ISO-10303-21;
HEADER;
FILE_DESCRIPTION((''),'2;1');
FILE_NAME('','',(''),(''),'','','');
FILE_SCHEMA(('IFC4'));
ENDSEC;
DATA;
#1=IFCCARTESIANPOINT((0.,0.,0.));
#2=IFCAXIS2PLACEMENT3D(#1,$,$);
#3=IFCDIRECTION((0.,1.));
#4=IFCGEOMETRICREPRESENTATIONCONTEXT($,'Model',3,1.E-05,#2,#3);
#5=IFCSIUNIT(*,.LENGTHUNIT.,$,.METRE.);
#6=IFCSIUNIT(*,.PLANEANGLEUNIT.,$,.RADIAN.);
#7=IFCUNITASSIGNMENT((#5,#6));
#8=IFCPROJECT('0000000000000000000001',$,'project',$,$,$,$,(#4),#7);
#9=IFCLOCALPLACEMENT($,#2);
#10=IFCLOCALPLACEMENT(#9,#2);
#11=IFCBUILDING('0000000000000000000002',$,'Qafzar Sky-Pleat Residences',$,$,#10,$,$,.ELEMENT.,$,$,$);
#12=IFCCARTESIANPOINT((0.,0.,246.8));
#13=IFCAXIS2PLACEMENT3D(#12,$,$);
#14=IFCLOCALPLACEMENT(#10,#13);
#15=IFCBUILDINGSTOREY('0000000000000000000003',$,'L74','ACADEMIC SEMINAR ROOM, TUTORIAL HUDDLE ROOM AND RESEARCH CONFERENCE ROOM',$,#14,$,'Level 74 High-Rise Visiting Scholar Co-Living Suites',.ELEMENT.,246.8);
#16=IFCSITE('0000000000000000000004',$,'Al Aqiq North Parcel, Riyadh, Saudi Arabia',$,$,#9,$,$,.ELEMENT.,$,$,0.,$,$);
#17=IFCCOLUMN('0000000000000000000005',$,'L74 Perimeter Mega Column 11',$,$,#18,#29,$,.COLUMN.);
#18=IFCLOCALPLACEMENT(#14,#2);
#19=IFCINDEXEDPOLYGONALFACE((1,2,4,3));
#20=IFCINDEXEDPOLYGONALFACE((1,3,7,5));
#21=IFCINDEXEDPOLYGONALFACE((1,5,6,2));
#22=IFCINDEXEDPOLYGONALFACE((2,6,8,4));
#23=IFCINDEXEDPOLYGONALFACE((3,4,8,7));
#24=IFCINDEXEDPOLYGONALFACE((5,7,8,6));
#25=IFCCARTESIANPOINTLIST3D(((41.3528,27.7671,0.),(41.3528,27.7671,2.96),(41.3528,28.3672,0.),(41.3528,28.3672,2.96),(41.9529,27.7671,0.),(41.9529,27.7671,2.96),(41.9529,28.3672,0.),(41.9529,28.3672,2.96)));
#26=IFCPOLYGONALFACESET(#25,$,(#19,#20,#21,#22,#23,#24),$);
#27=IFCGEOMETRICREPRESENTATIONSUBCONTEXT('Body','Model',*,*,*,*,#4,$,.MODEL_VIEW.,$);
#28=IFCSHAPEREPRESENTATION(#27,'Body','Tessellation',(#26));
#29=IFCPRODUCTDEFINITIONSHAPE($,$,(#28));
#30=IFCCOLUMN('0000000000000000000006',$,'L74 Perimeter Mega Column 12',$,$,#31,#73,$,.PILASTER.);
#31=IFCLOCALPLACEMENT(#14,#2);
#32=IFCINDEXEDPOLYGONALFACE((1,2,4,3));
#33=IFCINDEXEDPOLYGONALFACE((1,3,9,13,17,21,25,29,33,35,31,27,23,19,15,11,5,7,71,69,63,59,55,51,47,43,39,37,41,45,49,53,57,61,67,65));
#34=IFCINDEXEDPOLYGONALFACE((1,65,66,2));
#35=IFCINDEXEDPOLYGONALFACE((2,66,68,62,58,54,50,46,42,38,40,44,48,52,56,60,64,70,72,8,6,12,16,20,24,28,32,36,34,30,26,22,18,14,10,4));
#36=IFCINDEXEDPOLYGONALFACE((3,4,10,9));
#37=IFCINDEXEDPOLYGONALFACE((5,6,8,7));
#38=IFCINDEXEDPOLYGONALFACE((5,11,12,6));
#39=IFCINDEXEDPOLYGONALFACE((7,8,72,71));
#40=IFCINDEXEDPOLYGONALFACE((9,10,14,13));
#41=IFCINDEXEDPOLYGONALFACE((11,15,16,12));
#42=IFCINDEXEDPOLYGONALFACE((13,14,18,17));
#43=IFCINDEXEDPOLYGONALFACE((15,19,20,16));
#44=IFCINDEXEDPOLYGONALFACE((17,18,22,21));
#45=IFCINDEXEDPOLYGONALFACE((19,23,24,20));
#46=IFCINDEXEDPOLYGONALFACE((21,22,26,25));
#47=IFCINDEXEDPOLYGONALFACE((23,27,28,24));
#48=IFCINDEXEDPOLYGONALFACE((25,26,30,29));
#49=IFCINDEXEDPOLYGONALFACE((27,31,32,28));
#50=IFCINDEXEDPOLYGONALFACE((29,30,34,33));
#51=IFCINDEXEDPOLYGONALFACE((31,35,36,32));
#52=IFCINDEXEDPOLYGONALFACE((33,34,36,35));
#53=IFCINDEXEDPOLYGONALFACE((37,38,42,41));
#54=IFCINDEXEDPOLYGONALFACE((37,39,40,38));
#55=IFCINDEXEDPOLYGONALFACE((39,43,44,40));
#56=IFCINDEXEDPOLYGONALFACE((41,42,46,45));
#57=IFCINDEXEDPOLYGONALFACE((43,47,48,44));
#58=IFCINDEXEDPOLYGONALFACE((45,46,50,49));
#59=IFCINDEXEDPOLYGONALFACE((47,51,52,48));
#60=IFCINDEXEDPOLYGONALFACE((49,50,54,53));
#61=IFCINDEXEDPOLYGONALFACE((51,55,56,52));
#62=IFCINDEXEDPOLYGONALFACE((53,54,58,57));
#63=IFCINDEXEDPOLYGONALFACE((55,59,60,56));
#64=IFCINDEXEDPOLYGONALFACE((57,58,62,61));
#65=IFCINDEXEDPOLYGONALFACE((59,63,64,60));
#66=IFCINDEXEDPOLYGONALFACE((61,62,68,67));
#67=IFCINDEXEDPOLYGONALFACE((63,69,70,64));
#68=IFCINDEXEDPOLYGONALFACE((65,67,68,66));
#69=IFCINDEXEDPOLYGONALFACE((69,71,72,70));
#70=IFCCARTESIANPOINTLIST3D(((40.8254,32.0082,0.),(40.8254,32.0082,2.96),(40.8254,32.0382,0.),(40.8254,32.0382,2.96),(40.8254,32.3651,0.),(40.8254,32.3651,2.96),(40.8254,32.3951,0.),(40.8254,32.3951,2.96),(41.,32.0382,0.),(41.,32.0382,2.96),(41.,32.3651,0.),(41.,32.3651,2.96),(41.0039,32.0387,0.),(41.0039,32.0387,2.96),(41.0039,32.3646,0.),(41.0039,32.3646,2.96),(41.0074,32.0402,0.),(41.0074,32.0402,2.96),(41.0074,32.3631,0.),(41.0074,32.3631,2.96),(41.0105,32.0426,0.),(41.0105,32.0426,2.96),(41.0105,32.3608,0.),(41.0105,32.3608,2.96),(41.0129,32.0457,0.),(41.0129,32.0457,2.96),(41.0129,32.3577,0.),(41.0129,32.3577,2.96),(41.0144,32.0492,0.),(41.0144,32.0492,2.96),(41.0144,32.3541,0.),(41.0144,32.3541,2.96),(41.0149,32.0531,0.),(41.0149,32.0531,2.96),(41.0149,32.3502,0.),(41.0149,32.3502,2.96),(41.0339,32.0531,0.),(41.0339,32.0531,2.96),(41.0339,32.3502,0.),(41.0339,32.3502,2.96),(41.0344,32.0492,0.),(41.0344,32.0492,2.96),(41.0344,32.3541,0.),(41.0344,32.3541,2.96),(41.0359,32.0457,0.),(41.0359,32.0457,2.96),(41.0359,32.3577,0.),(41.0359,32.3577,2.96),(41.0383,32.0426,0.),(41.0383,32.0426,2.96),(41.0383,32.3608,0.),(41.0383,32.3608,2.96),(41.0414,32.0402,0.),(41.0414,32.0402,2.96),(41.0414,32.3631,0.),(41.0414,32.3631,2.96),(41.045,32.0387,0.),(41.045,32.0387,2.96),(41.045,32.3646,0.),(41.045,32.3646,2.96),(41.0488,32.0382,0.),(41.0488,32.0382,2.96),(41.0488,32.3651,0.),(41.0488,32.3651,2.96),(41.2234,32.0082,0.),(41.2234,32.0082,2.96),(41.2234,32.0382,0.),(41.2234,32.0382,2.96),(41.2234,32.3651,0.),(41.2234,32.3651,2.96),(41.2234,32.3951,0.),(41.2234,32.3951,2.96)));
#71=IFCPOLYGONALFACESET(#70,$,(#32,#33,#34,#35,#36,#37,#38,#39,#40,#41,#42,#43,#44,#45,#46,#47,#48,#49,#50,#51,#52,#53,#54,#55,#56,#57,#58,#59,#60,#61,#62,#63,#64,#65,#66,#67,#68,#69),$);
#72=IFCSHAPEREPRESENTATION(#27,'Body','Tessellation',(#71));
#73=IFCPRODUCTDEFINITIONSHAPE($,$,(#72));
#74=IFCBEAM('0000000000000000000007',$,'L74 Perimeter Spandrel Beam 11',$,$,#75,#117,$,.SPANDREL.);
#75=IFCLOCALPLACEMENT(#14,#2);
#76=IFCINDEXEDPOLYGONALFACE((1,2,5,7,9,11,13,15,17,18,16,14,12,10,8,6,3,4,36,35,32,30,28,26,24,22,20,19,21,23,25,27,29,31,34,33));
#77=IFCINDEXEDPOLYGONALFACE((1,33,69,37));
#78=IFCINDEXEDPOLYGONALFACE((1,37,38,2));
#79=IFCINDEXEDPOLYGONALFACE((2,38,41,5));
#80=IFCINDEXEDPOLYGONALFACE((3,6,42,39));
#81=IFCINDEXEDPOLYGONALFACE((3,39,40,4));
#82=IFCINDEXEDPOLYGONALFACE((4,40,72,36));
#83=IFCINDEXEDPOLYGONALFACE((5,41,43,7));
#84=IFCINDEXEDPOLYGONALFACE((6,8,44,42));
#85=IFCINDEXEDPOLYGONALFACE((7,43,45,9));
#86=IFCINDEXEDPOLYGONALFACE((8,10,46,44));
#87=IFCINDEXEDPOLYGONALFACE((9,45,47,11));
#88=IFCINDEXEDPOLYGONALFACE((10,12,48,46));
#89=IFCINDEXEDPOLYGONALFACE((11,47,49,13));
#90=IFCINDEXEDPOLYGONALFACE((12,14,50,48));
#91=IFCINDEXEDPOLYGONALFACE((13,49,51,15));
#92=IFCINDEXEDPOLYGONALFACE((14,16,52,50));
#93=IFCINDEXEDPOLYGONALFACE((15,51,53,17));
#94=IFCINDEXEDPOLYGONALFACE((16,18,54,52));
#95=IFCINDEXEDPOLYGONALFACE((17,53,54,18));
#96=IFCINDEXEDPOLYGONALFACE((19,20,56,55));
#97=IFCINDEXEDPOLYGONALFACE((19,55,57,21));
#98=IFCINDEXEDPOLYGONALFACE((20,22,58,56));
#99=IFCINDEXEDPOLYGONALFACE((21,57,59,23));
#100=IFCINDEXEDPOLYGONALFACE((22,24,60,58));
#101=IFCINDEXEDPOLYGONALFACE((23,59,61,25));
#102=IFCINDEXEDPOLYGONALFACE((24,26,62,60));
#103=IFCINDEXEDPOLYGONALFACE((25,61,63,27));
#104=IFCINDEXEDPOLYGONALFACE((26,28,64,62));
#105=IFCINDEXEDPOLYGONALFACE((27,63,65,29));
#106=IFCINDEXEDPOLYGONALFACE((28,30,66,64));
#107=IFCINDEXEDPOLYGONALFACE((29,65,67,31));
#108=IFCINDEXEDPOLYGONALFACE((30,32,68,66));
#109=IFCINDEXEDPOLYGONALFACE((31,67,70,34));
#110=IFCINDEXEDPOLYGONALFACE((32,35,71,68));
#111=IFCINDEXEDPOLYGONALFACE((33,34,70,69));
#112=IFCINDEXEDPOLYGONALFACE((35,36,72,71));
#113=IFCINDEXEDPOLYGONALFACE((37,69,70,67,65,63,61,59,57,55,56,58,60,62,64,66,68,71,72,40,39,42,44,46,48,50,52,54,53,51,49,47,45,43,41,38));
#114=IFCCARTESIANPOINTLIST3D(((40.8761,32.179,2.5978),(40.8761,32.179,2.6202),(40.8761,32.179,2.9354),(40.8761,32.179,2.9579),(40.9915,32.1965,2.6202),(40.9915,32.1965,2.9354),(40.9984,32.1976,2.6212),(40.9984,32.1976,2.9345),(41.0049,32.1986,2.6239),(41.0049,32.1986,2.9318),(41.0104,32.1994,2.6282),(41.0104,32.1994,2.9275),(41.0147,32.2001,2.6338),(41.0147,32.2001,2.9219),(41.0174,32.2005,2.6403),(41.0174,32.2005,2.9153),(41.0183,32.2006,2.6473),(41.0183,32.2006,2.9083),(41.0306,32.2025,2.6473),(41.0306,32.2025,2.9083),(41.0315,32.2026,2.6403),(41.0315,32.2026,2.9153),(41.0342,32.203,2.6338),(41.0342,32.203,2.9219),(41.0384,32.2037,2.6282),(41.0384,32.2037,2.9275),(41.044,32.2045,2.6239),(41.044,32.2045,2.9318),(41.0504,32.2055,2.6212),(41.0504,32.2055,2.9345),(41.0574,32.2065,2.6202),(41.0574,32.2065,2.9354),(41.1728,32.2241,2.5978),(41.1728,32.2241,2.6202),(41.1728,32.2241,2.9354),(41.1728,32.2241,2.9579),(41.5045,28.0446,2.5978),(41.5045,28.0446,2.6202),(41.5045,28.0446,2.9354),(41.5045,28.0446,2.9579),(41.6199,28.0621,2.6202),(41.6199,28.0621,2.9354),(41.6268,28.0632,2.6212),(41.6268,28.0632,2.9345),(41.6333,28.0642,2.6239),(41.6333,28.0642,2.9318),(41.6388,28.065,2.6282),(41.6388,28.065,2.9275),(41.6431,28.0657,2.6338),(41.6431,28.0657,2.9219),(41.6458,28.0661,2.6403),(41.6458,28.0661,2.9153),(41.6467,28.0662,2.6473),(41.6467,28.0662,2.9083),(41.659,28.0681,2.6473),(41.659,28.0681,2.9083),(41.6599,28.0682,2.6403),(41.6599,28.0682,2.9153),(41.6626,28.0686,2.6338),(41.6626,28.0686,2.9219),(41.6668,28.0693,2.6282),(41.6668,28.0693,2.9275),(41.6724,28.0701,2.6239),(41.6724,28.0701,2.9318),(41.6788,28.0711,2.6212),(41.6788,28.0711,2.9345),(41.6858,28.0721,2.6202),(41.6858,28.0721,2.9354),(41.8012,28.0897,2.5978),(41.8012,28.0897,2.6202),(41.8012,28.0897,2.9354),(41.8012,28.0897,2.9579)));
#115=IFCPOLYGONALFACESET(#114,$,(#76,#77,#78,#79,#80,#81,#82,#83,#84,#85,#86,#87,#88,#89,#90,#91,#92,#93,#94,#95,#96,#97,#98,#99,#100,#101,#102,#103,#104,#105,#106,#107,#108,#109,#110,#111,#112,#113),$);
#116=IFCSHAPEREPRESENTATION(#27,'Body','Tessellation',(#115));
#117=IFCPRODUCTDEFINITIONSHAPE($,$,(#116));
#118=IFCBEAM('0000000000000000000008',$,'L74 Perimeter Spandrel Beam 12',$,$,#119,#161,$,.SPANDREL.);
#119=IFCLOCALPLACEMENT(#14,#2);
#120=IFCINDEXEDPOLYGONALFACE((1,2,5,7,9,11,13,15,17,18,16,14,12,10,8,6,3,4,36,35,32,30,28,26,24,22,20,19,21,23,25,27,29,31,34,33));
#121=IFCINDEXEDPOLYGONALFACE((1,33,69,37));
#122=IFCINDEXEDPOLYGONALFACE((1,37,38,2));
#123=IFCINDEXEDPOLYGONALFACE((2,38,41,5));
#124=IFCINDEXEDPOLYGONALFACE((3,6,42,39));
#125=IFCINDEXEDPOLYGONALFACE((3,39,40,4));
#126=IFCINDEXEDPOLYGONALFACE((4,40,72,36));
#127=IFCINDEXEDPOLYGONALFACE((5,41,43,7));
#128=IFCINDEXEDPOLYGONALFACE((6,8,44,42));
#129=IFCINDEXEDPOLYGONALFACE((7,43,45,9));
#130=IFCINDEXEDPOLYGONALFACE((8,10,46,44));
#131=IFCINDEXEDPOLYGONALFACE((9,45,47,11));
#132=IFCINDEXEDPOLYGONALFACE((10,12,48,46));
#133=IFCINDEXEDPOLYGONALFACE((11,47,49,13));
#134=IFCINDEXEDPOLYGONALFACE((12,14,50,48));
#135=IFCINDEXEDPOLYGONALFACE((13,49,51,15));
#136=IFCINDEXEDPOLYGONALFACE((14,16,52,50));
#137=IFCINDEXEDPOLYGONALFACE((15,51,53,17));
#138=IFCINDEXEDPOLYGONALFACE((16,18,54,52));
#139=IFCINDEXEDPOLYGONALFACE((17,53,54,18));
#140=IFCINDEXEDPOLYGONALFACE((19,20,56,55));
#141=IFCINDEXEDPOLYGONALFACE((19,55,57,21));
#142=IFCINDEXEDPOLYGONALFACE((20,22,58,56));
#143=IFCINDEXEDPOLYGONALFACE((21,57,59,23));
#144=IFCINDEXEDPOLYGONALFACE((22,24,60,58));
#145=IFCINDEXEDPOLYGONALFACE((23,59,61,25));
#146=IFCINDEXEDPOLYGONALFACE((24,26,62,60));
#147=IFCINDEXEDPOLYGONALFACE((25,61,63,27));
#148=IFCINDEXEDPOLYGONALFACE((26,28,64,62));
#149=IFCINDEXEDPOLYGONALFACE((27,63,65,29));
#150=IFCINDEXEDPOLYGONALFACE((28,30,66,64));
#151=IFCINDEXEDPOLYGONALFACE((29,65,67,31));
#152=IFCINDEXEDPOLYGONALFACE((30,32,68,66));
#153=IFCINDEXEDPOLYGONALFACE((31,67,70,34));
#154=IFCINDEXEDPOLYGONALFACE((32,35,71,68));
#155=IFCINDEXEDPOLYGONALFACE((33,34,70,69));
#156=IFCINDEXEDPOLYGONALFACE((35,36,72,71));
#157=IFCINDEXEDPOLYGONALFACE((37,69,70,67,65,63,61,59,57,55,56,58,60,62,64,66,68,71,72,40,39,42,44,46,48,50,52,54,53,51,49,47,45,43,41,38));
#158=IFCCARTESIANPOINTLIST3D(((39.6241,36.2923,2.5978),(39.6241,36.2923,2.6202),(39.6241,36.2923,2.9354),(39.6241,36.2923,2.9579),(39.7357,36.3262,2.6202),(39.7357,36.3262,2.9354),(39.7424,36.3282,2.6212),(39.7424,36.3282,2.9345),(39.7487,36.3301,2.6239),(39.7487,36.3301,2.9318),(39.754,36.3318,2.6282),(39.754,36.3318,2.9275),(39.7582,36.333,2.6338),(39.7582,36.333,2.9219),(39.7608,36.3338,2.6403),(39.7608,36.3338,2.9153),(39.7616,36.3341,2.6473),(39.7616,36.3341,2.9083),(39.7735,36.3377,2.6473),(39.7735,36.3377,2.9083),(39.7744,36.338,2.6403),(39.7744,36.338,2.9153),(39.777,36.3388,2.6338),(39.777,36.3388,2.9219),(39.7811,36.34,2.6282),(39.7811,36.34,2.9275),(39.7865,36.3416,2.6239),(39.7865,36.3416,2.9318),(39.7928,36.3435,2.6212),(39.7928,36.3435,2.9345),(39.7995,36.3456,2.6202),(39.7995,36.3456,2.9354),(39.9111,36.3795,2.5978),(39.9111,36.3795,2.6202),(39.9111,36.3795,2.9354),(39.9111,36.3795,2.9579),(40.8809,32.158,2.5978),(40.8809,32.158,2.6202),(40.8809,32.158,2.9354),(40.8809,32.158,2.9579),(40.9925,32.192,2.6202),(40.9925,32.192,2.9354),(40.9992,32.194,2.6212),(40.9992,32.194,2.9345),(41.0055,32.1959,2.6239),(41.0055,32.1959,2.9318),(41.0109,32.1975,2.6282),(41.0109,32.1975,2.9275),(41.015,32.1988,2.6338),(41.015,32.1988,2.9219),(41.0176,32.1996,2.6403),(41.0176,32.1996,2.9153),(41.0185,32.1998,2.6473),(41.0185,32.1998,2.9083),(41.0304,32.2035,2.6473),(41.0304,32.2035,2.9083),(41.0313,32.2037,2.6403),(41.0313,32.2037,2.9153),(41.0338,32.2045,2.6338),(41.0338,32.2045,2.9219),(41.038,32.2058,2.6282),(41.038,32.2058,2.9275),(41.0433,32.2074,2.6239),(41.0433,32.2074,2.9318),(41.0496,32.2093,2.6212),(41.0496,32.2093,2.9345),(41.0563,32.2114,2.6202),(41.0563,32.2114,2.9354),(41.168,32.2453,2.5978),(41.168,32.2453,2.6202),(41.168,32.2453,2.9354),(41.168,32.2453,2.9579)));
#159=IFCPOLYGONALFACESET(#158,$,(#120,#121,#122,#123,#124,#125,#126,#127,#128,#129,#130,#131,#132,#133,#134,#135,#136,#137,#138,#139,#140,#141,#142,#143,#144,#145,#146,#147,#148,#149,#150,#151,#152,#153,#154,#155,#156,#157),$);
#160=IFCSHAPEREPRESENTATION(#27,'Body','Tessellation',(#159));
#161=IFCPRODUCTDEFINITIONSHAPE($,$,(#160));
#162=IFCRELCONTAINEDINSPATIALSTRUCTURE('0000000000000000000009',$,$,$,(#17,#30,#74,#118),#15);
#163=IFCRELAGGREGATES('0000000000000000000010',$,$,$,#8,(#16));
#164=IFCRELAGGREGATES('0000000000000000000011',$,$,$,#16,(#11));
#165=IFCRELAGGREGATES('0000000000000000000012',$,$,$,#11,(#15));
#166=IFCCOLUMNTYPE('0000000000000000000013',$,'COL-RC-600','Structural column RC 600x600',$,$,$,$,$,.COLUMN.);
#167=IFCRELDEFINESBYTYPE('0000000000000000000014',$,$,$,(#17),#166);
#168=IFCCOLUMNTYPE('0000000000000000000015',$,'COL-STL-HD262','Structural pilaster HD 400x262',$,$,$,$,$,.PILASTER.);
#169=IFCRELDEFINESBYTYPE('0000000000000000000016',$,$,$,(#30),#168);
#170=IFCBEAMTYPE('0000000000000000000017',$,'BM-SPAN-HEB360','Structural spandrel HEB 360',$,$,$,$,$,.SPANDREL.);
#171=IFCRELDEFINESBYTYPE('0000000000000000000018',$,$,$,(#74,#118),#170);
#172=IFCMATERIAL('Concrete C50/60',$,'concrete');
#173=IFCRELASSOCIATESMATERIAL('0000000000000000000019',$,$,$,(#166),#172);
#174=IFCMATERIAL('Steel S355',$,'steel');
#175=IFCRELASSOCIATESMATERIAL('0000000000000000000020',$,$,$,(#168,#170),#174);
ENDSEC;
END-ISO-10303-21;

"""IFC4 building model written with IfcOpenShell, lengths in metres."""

from ifc_helpers import new_model, si_unit, direction, frame, origin, origin_2d, place, context, subcontext, project, spatial, rectangle, i_section, extrude, source, transform, mapped, material, material_profile, profile_set, type_object, element, save


model = new_model("IFC4")

# Units and contexts
model_context = context("Model", 3, precision=1e-05, world=origin(), true_north=direction((0.0, 1.0)))
body_context = subcontext(model_context, "Body", "Model", "MODEL_VIEW")
ifc_project = project(units=[si_unit("LENGTHUNIT", "METRE"), si_unit("PLANEANGLEUNIT", "RADIAN")], contexts=[model_context])

# Site, building, storey
site_placement = place(None, origin())
site = spatial("IfcSite", under=ifc_project, at=site_placement, Name="Al Aqiq North Parcel, Riyadh, Saudi Arabia", CompositionType="ELEMENT", RefElevation=0.0)
building_placement = place(site_placement, origin())
building = spatial("IfcBuilding", under=site, at=building_placement, Name="Qafzar Sky-Pleat Residences", CompositionType="ELEMENT")
storey_placement = place(building_placement, frame((0.0, 0.0, 246.8)))
storey = spatial("IfcBuildingStorey", under=building, at=storey_placement, Name="L74", Description="ACADEMIC SEMINAR ROOM, TUTORIAL HUDDLE ROOM AND RESEARCH CONFERENCE ROOM", LongName="Level 74 High-Rise Visiting Scholar Co-Living Suites", CompositionType="ELEMENT", Elevation=246.8)

# Columns
ifc_material_1 = material(Name="Concrete C50/60", Category="concrete")
ifc_material_profile_1 = material_profile(ifc_material_1, rectangle(XDim=0.6001, YDim=0.6001, at=origin_2d()), Name="RC 600x600")
ifc_profile_set_1 = profile_set([ifc_material_profile_1], Name="Concrete C50/60")
column_type_1 = type_object("IfcColumnType", Name="COL-RC-600", Description="Structural column RC 600x600", PredefinedType="COLUMN", material=ifc_profile_set_1)
shared_shape_1 = source(origin(), body_context, "Body", "SweptSolid", [
    extrude(rectangle(XDim=0.6001, YDim=0.6001, at=origin_2d()), origin(), (0.0, 0.0, 1.0), 2.96),
])
column_1_placement = place(storey_placement, frame((41.6528, 28.0671, 0.0), z_axis=(0.0, 0.0, 1.0), x_axis=(1.0, 0.0, 0.0)))
element("IfcColumn", 1, at=column_1_placement, inside=storey, type_object=column_type_1, Name="L74 Perimeter Mega Column 11", PredefinedType="COLUMN", context=body_context, shape_type="MappedRepresentation", body=[
    mapped(shared_shape_1, transform((0.0, 0.0, 0.0), x_axis=(1.0, 0.0, 0.0), y_axis=(0.0, 1.0, 0.0), z_axis=(0.0, 0.0, 1.0), scale=1.0)),
])
ifc_material_2 = material(Name="Steel S355", Category="steel")
ifc_material_profile_2 = material_profile(ifc_material_2, i_section(OverallWidth=0.3979, OverallDepth=0.387, WebThickness=0.019, FlangeThickness=0.03, FilletRadius=0.0149, at=origin_2d()), Name="HD 400x262")
ifc_profile_set_2 = profile_set([ifc_material_profile_2], Name="Steel S355")
column_type_2 = type_object("IfcColumnType", Name="COL-STL-HD262", Description="Structural pilaster HD 400x262", PredefinedType="PILASTER", material=ifc_profile_set_2)
shared_shape_2 = source(origin(), body_context, "Body", "SweptSolid", [
    extrude(i_section(OverallWidth=0.3979, OverallDepth=0.387, WebThickness=0.019, FlangeThickness=0.03, FilletRadius=0.0149, at=origin_2d()), origin(), (0.0, 0.0, 1.0), 2.96),
])
column_2_placement = place(storey_placement, frame((41.0244, 32.2017, 0.0), z_axis=(0.0, 0.0, 1.0), x_axis=(1.0, 0.0, 0.0)))
element("IfcColumn", 2, at=column_2_placement, inside=storey, type_object=column_type_2, Name="L74 Perimeter Mega Column 12", PredefinedType="PILASTER", context=body_context, shape_type="MappedRepresentation", body=[
    mapped(shared_shape_2, transform((0.0, 0.0, 0.0), x_axis=(1.0, 0.0, 0.0), y_axis=(0.0, 1.0, 0.0), z_axis=(0.0, 0.0, 1.0), scale=1.0)),
])

# Beams
ifc_material_profile_3 = material_profile(ifc_material_2, i_section(OverallWidth=0.3, OverallDepth=0.3601, WebThickness=0.0125, FlangeThickness=0.0225, FilletRadius=0.0271, at=origin_2d()), Name="HEB 360")
ifc_profile_set_3 = profile_set([ifc_material_profile_3], Name="Steel S355")
beam_type_1 = type_object("IfcBeamType", Name="BM-SPAN-HEB360", Description="Structural spandrel HEB 360", PredefinedType="SPANDREL", material=ifc_profile_set_3)
shared_shape_3 = source(origin(), body_context, "Body", "SweptSolid", [
    extrude(i_section(OverallWidth=0.3, OverallDepth=0.3601, WebThickness=0.0125, FlangeThickness=0.0225, FilletRadius=0.0271, at=origin_2d()), origin(), (0.0, 0.0, 1.0), 4.1819),
])
beam_1_placement = place(storey_placement, frame((41.6528, 28.0671, 2.7778), z_axis=(-0.150267, 0.988645, 0.0), x_axis=(-0.988645, -0.150267, 0.0)))
element("IfcBeam", 3, at=beam_1_placement, inside=storey, type_object=beam_type_1, Name="L74 Perimeter Spandrel Beam 11", PredefinedType="SPANDREL", context=body_context, shape_type="MappedRepresentation", body=[
    mapped(shared_shape_3, transform((0.0, 0.0, 0.0), x_axis=(1.0, 0.0, 0.0), y_axis=(0.0, 1.0, 0.0), z_axis=(0.0, 0.0, 1.0), scale=1.0)),
])
shared_shape_4 = source(origin(), body_context, "Body", "SweptSolid", [
    extrude(i_section(OverallWidth=0.3, OverallDepth=0.3601, WebThickness=0.0125, FlangeThickness=0.0225, FilletRadius=0.0271, at=origin_2d()), origin(), (0.0, 0.0, 1.0), 4.321),
])
beam_2_placement = place(storey_placement, frame((41.0244, 32.2017, 2.7778), z_axis=(-0.29086, 0.956766, 0.0), x_axis=(-0.956766, -0.29086, 0.0)))
element("IfcBeam", 4, at=beam_2_placement, inside=storey, type_object=beam_type_1, Name="L74 Perimeter Spandrel Beam 12", PredefinedType="SPANDREL", context=body_context, shape_type="MappedRepresentation", body=[
    mapped(shared_shape_4, transform((0.0, 0.0, 0.0), x_axis=(1.0, 0.0, 0.0), y_axis=(0.0, 1.0, 0.0), z_axis=(0.0, 0.0, 1.0), scale=1.0)),
])

save(model, "model.ifc")
